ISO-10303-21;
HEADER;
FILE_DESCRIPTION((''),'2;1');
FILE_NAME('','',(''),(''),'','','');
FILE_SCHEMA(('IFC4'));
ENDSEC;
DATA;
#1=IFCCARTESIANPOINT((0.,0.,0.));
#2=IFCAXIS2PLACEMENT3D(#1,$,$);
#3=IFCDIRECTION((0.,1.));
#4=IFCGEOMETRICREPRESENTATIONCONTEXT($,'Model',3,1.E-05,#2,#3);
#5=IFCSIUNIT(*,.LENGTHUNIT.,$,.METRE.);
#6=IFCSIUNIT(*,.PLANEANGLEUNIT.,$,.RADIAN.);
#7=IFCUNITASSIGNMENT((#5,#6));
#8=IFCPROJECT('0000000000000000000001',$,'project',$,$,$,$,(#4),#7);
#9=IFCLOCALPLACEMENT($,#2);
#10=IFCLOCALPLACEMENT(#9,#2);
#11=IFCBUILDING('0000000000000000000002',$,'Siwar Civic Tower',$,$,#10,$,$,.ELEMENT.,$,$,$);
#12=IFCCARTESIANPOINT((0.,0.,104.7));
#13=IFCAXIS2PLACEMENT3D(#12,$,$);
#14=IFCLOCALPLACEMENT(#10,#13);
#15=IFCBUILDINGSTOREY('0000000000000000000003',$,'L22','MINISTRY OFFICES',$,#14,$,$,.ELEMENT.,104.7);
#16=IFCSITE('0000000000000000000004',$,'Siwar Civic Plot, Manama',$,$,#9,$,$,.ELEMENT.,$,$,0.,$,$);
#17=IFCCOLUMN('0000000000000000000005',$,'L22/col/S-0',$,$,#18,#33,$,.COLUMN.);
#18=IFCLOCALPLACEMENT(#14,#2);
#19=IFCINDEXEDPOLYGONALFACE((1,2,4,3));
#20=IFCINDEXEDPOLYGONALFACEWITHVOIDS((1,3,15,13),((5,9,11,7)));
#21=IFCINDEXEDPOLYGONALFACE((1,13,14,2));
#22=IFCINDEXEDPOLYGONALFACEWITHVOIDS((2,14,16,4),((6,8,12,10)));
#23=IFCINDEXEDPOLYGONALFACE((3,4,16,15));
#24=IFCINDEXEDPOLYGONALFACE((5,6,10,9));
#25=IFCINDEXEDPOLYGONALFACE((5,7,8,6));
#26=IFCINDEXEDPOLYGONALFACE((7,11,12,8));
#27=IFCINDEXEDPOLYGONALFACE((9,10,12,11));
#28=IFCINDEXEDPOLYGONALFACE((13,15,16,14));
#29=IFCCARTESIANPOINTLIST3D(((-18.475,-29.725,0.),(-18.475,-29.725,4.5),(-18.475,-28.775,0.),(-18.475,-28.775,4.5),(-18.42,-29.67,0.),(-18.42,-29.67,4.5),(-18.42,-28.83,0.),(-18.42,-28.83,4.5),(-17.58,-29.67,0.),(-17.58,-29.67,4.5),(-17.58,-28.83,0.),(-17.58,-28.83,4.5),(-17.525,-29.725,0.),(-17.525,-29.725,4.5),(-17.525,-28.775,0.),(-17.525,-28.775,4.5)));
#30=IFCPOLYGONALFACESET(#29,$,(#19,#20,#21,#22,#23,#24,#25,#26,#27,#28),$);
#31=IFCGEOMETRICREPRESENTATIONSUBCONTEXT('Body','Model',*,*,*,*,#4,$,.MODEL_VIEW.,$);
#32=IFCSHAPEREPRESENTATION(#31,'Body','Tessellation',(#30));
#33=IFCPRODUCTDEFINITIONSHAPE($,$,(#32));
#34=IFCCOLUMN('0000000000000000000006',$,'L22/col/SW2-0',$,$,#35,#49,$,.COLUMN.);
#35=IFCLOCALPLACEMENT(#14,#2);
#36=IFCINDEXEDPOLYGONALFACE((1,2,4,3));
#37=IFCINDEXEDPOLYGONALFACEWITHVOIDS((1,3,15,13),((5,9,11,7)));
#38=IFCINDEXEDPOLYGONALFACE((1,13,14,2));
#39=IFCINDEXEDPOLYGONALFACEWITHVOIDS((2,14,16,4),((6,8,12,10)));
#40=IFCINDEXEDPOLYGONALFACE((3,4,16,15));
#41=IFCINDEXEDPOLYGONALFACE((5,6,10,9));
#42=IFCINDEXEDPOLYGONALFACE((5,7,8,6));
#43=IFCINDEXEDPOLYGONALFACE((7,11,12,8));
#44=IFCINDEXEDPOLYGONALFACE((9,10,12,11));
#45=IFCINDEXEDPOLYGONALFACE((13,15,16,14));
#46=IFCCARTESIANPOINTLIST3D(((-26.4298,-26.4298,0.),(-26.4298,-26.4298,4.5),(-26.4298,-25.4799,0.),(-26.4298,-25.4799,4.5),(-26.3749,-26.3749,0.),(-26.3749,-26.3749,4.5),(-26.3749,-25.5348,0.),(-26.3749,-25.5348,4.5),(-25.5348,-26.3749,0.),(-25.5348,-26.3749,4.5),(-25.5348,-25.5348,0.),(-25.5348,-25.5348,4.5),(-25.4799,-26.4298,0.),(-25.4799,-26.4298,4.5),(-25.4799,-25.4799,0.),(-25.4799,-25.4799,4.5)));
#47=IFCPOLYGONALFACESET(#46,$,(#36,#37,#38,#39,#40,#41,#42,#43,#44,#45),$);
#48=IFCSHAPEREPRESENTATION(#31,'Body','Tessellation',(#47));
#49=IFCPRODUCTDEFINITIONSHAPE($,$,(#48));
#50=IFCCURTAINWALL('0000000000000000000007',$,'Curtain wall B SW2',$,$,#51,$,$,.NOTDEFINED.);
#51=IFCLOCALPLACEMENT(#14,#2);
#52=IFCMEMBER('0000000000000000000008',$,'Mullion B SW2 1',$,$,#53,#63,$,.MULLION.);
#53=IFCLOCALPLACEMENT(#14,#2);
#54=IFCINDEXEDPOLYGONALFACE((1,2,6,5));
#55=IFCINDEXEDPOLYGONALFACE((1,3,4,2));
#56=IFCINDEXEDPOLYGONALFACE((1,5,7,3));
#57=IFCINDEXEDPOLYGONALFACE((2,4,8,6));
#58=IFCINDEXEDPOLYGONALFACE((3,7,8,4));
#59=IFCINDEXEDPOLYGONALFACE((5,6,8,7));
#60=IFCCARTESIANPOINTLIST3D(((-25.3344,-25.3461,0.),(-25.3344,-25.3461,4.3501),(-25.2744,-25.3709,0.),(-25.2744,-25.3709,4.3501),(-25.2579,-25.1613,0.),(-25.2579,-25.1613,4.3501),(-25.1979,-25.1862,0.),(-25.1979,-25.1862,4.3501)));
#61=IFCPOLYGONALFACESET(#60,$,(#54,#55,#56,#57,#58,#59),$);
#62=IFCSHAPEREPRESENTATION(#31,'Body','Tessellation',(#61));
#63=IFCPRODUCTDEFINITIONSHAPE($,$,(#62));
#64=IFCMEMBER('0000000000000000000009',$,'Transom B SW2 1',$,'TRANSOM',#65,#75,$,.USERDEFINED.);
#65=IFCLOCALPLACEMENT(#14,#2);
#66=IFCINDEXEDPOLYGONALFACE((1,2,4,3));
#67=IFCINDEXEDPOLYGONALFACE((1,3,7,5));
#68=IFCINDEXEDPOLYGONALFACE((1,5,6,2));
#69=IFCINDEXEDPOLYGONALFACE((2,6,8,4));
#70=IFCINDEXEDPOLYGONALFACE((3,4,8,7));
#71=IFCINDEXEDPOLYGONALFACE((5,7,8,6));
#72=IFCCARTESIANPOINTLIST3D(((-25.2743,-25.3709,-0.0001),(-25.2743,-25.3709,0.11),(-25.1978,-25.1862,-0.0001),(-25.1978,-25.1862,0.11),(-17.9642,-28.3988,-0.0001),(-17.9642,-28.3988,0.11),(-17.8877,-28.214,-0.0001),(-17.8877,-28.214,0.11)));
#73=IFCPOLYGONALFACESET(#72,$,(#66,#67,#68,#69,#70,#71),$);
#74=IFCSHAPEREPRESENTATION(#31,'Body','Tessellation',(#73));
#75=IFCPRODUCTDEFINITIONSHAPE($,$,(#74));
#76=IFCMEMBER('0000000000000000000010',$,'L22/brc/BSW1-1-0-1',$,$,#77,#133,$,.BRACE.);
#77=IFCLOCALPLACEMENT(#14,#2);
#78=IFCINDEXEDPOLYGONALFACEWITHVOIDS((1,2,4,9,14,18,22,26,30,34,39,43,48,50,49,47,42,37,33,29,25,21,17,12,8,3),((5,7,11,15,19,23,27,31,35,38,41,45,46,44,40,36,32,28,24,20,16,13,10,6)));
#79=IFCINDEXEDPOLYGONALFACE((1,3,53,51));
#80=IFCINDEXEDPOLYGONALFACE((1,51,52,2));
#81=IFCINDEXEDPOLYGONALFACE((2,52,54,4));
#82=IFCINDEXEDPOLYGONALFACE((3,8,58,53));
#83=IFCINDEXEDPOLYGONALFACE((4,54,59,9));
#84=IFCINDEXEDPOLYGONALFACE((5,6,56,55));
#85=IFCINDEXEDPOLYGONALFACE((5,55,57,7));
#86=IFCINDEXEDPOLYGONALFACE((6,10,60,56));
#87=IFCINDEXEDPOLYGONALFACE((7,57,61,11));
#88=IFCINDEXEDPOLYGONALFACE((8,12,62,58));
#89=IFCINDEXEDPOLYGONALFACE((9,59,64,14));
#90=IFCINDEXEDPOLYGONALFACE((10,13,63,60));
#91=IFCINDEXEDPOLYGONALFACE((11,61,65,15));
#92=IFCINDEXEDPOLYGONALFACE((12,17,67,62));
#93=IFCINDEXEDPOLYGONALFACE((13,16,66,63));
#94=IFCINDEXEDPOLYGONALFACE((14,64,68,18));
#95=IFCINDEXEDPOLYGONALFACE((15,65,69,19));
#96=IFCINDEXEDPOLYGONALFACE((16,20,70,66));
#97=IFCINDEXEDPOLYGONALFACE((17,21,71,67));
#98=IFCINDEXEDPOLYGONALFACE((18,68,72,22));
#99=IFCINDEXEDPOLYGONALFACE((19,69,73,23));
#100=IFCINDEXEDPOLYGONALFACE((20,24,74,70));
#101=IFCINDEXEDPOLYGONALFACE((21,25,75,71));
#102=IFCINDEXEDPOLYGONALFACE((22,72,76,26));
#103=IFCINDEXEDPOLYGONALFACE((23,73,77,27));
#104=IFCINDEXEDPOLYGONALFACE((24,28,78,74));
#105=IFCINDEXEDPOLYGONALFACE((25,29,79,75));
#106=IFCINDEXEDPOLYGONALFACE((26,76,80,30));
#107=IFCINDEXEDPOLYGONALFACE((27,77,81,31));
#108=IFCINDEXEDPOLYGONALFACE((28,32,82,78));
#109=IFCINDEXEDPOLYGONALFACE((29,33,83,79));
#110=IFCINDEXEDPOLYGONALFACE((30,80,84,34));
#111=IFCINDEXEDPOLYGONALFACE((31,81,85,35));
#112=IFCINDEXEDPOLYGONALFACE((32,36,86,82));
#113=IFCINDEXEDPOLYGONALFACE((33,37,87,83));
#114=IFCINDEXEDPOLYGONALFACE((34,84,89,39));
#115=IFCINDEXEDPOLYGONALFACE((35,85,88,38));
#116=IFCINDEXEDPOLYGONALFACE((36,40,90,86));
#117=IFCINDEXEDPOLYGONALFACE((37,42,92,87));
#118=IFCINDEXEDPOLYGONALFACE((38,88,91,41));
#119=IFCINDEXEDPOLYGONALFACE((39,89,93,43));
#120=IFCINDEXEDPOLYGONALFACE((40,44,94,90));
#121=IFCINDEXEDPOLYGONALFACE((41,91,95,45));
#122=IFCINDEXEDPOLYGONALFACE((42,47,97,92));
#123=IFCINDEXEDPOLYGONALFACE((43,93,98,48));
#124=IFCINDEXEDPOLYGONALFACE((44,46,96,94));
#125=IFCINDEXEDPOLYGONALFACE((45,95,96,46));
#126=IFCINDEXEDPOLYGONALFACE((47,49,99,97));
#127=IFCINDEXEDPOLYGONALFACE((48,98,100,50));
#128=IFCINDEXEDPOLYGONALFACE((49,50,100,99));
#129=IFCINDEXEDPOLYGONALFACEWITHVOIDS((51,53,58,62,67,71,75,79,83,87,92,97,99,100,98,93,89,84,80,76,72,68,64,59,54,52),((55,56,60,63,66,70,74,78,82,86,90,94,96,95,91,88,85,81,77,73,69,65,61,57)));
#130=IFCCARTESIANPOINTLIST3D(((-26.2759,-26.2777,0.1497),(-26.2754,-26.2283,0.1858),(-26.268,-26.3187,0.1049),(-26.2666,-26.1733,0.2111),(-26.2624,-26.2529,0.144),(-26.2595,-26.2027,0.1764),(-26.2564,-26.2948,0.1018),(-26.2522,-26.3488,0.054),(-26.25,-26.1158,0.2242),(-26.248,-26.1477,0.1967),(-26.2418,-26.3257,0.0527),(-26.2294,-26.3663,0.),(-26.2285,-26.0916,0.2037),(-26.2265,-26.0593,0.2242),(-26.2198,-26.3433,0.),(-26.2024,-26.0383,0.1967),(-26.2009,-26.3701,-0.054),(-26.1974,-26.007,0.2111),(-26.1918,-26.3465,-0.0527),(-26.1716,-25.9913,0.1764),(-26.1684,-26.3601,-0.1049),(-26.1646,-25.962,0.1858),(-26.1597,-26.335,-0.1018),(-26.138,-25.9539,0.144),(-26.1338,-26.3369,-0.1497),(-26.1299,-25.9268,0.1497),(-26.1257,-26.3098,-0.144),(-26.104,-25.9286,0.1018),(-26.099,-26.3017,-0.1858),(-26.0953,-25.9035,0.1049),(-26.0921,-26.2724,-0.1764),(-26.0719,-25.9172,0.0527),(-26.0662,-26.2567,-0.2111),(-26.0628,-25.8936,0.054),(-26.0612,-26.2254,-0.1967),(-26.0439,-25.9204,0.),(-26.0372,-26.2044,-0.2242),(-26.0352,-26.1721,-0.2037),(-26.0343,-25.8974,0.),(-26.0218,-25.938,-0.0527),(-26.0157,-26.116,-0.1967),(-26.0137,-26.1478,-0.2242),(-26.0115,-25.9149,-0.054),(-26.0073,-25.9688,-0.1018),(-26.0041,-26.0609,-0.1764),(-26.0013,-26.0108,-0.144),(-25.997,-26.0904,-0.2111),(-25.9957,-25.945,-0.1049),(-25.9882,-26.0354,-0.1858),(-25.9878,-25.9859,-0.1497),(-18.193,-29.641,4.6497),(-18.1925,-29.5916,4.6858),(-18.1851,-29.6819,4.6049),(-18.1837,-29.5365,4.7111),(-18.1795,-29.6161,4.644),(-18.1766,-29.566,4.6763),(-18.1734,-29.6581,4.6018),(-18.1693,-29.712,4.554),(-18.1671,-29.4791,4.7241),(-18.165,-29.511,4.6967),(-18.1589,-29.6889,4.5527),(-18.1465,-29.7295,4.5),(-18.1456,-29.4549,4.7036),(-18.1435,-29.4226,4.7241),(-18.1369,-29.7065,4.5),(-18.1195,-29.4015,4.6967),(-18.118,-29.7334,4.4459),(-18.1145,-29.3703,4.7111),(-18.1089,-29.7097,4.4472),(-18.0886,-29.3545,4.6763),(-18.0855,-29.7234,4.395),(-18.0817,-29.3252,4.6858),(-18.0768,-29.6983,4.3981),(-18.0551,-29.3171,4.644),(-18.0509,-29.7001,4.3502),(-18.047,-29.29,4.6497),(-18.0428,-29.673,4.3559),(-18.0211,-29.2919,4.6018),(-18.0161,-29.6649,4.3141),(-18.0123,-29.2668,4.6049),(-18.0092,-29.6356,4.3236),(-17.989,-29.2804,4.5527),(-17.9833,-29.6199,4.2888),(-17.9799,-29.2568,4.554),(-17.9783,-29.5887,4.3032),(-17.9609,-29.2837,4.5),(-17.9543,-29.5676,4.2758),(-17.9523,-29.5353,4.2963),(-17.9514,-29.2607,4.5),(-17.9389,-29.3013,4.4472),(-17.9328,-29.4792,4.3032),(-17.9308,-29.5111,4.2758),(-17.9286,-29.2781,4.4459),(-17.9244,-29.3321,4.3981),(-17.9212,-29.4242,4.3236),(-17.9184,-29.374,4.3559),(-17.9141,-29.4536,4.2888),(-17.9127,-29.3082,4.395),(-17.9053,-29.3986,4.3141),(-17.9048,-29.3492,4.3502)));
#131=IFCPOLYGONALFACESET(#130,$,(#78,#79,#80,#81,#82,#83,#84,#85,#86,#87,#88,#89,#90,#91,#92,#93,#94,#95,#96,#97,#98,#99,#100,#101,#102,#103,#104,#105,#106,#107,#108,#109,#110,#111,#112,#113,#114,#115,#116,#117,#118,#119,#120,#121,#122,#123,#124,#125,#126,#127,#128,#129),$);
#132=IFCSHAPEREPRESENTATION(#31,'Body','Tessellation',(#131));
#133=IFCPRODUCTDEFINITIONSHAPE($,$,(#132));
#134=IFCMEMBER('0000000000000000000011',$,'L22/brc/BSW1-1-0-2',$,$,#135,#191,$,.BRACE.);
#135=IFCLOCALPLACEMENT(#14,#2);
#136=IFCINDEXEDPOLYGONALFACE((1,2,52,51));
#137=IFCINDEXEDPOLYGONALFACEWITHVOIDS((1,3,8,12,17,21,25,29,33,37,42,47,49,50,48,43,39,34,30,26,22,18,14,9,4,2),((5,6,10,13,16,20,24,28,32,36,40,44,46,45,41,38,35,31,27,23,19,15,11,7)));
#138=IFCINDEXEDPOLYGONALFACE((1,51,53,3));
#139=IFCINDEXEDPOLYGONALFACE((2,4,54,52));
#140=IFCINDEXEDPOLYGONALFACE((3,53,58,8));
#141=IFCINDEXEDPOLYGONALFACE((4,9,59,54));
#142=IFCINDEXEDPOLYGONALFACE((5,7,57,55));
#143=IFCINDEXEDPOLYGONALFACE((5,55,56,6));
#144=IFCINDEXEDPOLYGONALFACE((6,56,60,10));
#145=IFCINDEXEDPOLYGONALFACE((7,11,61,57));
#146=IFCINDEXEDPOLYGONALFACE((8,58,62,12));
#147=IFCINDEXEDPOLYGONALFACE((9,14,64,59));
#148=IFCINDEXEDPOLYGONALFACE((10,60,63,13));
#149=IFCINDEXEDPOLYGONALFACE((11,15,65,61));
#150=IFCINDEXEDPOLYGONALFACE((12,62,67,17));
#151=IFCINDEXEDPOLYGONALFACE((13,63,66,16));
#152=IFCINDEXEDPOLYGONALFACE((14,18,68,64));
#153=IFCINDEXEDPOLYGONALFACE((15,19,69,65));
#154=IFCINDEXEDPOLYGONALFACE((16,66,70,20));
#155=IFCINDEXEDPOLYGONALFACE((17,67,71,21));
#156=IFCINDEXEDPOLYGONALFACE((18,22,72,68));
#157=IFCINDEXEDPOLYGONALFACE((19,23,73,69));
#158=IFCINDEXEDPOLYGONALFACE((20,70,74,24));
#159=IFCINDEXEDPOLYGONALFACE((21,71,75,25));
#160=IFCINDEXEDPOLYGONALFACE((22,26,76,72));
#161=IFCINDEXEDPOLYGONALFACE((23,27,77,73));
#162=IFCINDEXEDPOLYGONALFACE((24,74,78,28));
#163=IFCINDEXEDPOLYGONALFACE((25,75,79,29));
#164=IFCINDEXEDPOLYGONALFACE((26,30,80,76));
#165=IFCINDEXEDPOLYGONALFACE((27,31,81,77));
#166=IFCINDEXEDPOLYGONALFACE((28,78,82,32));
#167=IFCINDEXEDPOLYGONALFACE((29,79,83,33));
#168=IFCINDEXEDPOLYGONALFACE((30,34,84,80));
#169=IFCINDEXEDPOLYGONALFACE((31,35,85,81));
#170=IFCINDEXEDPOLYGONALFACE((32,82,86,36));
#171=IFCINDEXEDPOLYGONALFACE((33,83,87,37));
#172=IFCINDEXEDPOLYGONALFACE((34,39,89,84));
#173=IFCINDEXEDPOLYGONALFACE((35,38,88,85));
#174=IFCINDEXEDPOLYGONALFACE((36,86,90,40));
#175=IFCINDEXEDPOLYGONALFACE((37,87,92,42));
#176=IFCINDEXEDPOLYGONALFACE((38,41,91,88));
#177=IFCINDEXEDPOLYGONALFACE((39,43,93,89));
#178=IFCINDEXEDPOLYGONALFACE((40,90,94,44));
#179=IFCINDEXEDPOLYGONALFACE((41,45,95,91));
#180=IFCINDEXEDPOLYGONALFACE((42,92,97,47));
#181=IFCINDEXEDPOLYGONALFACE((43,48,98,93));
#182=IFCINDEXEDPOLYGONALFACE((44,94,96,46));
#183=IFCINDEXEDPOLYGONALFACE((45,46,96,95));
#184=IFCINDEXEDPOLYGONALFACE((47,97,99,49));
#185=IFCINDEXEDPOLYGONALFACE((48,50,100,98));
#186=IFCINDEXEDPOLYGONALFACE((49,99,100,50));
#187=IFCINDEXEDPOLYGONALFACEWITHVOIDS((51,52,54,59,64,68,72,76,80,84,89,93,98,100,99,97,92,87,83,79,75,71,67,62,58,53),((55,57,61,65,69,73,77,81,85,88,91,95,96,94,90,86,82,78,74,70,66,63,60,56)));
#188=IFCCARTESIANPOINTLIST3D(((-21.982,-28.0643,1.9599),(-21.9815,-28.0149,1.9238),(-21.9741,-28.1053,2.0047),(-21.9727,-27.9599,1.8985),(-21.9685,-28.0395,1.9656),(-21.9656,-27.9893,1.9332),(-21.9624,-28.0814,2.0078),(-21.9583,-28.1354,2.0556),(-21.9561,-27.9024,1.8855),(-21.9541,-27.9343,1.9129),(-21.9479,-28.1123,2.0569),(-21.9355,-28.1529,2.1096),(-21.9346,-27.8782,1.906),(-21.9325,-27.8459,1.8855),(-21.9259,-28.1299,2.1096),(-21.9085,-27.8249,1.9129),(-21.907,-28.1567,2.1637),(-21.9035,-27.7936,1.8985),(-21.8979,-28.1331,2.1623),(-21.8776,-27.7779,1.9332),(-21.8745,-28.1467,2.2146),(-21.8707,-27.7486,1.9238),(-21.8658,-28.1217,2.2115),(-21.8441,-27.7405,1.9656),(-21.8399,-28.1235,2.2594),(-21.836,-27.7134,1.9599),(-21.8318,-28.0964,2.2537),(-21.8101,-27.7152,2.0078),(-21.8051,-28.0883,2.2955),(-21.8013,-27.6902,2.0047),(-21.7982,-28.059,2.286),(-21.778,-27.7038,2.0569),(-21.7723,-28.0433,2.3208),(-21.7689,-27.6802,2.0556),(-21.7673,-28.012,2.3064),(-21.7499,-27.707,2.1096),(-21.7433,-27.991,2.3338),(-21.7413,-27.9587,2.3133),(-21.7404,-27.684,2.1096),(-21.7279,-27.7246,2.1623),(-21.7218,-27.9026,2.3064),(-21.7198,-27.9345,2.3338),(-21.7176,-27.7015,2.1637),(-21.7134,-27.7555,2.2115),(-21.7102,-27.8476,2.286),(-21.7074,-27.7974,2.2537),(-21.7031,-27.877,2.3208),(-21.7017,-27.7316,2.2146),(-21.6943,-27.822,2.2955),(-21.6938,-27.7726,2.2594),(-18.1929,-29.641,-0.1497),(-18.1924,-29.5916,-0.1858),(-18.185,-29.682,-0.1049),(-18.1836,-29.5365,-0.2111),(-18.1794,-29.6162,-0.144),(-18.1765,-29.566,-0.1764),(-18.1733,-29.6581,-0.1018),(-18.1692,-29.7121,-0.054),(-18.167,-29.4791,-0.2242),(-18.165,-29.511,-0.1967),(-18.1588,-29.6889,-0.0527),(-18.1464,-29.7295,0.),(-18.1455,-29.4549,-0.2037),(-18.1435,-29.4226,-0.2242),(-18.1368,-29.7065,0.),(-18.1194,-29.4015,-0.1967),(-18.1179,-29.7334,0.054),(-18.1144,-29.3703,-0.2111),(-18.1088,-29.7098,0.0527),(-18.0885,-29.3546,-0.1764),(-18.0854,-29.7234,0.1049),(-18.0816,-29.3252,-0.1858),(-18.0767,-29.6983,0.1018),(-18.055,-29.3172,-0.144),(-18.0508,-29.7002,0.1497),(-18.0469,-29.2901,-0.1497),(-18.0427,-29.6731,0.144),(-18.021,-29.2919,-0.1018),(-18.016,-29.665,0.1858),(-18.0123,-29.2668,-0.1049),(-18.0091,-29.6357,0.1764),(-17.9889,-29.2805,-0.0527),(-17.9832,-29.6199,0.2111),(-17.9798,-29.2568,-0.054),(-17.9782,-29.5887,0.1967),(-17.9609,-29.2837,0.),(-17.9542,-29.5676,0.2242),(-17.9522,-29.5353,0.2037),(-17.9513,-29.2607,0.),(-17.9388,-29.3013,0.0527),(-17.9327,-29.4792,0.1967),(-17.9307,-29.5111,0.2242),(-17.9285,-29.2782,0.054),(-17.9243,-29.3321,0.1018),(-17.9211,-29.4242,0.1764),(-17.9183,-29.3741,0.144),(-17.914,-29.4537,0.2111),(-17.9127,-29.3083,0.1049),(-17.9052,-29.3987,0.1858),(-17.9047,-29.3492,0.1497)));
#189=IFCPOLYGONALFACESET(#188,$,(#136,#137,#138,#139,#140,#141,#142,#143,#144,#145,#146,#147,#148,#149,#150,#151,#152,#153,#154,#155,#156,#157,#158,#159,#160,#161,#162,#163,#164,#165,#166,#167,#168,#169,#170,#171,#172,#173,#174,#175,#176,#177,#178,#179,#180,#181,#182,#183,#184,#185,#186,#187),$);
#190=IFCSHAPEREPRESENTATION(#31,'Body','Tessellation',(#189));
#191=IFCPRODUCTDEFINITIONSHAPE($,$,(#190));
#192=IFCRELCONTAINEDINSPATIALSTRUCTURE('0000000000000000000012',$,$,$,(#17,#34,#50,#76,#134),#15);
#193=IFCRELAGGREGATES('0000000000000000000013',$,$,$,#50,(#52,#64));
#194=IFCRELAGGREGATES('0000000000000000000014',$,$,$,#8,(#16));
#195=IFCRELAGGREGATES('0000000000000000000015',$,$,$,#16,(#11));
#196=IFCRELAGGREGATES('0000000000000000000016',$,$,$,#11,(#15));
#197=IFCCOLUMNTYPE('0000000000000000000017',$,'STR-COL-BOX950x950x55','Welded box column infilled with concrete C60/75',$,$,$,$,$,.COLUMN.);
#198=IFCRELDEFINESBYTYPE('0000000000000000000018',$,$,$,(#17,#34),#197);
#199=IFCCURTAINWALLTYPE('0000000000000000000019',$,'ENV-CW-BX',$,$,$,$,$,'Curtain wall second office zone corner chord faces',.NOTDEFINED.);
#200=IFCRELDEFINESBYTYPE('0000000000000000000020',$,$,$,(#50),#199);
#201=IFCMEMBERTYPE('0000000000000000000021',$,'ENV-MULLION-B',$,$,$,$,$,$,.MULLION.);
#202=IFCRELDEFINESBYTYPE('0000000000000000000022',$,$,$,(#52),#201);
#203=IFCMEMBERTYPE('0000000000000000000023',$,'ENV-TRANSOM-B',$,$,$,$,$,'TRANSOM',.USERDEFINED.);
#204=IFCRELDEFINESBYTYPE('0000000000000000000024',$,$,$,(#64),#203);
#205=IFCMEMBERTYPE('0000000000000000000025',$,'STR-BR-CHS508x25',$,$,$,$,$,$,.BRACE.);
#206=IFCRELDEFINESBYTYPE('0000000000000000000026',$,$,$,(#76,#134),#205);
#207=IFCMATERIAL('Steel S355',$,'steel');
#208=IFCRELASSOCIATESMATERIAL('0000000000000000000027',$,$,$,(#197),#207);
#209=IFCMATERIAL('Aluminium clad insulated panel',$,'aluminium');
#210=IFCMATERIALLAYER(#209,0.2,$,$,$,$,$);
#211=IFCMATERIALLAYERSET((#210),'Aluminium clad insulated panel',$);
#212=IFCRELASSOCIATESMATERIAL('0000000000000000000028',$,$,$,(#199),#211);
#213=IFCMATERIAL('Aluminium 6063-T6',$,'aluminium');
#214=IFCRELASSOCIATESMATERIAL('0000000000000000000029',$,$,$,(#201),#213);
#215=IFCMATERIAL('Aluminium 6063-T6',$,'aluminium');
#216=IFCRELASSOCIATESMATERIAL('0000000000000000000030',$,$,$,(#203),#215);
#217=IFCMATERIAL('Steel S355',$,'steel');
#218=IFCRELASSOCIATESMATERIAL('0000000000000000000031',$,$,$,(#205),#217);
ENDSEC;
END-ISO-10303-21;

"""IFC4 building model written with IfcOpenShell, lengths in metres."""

from ifc_helpers import new_model, si_unit, direction, frame, origin, origin_2d, place, context, subcontext, project, spatial, rectangle, hollow_rectangle, hollow_circle, extrude, material, layer, layer_set, material_profile, profile_set, type_object, element, aggregate, save


model = new_model("IFC4")

# Units and contexts
model_context = context("Model", 3, precision=1e-05, world=origin(), true_north=direction((0.0, 1.0)))
body_context = subcontext(model_context, "Body", "Model", "MODEL_VIEW")
ifc_project = project(units=[si_unit("LENGTHUNIT", "METRE"), si_unit("PLANEANGLEUNIT", "RADIAN")], contexts=[model_context])

# Site, building, storey
site_placement = place(None, origin())
site = spatial("IfcSite", under=ifc_project, at=site_placement, Name="Siwar Civic Plot, Manama", CompositionType="ELEMENT", RefElevation=0.0)
building_placement = place(site_placement, origin())
building = spatial("IfcBuilding", under=site, at=building_placement, Name="Siwar Civic Tower", CompositionType="ELEMENT")
storey_placement = place(building_placement, frame((0.0, 0.0, 104.7)))
storey = spatial("IfcBuildingStorey", under=building, at=storey_placement, Name="L22", Description="MINISTRY OFFICES", CompositionType="ELEMENT", Elevation=104.7)

# Columns
ifc_material_1 = material(Name="Steel S355", Category="steel")
ifc_material_profile_1 = material_profile(ifc_material_1, hollow_rectangle(XDim=0.95, YDim=0.95, WallThickness=0.0549, at=origin_2d()), Name="BOX950x950x55")
ifc_profile_set_1 = profile_set([ifc_material_profile_1], Name="Steel S355")
column_type = type_object("IfcColumnType", Name="STR-COL-BOX950x950x55", Description="Welded box column infilled with concrete C60/75", PredefinedType="COLUMN", material=ifc_profile_set_1)
for number, where, z_axis, x_axis, name in (
    (1, (-18.0, -29.25, 0.0), (0.0, 0.0, 1.0), (1.0, 0.0, 0.0), "L22/col/S-0"),
    (2, (-25.9548, -25.9548, 0.0), (0.0, 0.0, 1.0), (1.0, 0.0, 0.0), "L22/col/SW2-0"),
):
    element("IfcColumn", number, at=place(storey_placement, frame(where, z_axis=z_axis, x_axis=x_axis)), inside=storey, type_object=column_type, Name=name, PredefinedType="COLUMN", context=body_context, shape_type="SweptSolid", body=[
        extrude(hollow_rectangle(XDim=0.95, YDim=0.95, WallThickness=0.0549, at=origin_2d()), origin(), (0.0, 0.0, 1.0), 4.5),
    ])

# Curtain wall, members
ifc_material_2 = material(Name="Aluminium clad insulated panel", Category="aluminium")
ifc_layer_1 = layer(ifc_material_2, 0.2)
ifc_layer_set_1 = layer_set([ifc_layer_1], Name="Aluminium clad insulated panel")
curtain_wall_type = type_object("IfcCurtainWallType", Name="ENV-CW-BX", ElementType="Curtain wall second office zone corner chord faces", PredefinedType="NOTDEFINED", material=ifc_layer_set_1)
curtain_wall_1_placement = place(storey_placement, origin())
curtain_wall_1 = element("IfcCurtainWall", 3, at=curtain_wall_1_placement, inside=storey, type_object=curtain_wall_type, Name="Curtain wall B SW2", PredefinedType="NOTDEFINED")
ifc_material_3 = material(Name="Aluminium 6063-T6", Category="aluminium")
ifc_material_profile_2 = material_profile(ifc_material_3, rectangle(XDim=0.2, YDim=0.0649, at=origin_2d()), Name="AL 200x65")
ifc_profile_set_2 = profile_set([ifc_material_profile_2], Name="Aluminium 6063-T6")
member_type_1 = type_object("IfcMemberType", Name="ENV-MULLION-B", PredefinedType="MULLION", material=ifc_profile_set_2)
member_1_placement = place(storey_placement, frame((-25.2661, -25.2661, 0.0), z_axis=(0.0, 0.0, 1.0), x_axis=(0.382683, 0.92388, 0.0)))
member_1 = element("IfcMember", 4, at=member_1_placement, type_object=member_type_1, Name="Mullion B SW2 1", PredefinedType="MULLION", context=body_context, shape_type="SweptSolid", body=[
    extrude(rectangle(XDim=0.2, YDim=0.0649, at=origin_2d()), origin(), (0.0, 0.0, 1.0), 4.3501),
])
ifc_material_4 = material(Name="Aluminium 6063-T6", Category="aluminium")
ifc_material_profile_3 = material_profile(ifc_material_4, rectangle(XDim=0.2, YDim=0.1101, at=origin_2d()), Name="AL 200x110")
ifc_profile_set_3 = profile_set([ifc_material_profile_3], Name="Aluminium 6063-T6")
member_type_2 = type_object("IfcMemberType", Name="ENV-TRANSOM-B", ElementType="TRANSOM", PredefinedType="USERDEFINED", material=ifc_profile_set_3)
member_2_placement = place(storey_placement, frame((-25.2361, -25.2786, 0.0549), z_axis=(0.923884, -0.382673, 0.0), x_axis=(0.382673, 0.923884, 0.0)))
member_2 = element("IfcMember", 5, at=member_2_placement, type_object=member_type_2, Name="Transom B SW2 1", ObjectType="TRANSOM", PredefinedType="USERDEFINED", context=body_context, shape_type="SweptSolid", body=[
    extrude(rectangle(XDim=0.2, YDim=0.1101, at=origin_2d()), origin(), (0.0, 0.0, 1.0), 7.9124),
])

# Members
ifc_material_5 = material(Name="Steel S355", Category="steel")
ifc_material_profile_4 = material_profile(ifc_material_5, hollow_circle(Radius=0.2539, WallThickness=0.0249, at=origin_2d()), Name="CHS508x25")
ifc_profile_set_4 = profile_set([ifc_material_profile_4], Name="Steel S355")
member_type_3 = type_object("IfcMemberType", Name="STR-BR-CHS508x25", PredefinedType="BRACE", material=ifc_profile_set_4)
member_3_placement = place(storey_placement, frame((-26.1318, -26.1318, 0.0), z_axis=(0.821143, -0.341671, 0.457149), x_axis=(0.384164, 0.923265, 0.0)))
element("IfcMember", 6, at=member_3_placement, inside=storey, type_object=member_type_3, Name="L22/brc/BSW1-1-0-1", PredefinedType="BRACE", context=body_context, shape_type="SweptSolid", body=[
    extrude(hollow_circle(Radius=0.2539, WallThickness=0.0249, at=origin_2d()), origin(), (0.0, 0.0, 1.0), 9.8435),
])
for number, where, z_axis, x_axis, name in (
    (7, (-18.0488, -29.4951, 0.0), (-0.821126, 0.341677, 0.457175), (-0.384176, -0.92326, 0.0), "L22/brc/BSW1-1-0-2"),
):
    element("IfcMember", number, at=place(storey_placement, frame(where, z_axis=z_axis, x_axis=x_axis)), inside=storey, type_object=member_type_3, Name=name, PredefinedType="BRACE", context=body_context, shape_type="SweptSolid", body=[
        extrude(hollow_circle(Radius=0.2539, WallThickness=0.0249, at=origin_2d()), origin(), (0.0, 0.0, 1.0), 4.6145),
    ])

aggregate(curtain_wall_1, [member_1, member_2])

save(model, "model.ifc")
